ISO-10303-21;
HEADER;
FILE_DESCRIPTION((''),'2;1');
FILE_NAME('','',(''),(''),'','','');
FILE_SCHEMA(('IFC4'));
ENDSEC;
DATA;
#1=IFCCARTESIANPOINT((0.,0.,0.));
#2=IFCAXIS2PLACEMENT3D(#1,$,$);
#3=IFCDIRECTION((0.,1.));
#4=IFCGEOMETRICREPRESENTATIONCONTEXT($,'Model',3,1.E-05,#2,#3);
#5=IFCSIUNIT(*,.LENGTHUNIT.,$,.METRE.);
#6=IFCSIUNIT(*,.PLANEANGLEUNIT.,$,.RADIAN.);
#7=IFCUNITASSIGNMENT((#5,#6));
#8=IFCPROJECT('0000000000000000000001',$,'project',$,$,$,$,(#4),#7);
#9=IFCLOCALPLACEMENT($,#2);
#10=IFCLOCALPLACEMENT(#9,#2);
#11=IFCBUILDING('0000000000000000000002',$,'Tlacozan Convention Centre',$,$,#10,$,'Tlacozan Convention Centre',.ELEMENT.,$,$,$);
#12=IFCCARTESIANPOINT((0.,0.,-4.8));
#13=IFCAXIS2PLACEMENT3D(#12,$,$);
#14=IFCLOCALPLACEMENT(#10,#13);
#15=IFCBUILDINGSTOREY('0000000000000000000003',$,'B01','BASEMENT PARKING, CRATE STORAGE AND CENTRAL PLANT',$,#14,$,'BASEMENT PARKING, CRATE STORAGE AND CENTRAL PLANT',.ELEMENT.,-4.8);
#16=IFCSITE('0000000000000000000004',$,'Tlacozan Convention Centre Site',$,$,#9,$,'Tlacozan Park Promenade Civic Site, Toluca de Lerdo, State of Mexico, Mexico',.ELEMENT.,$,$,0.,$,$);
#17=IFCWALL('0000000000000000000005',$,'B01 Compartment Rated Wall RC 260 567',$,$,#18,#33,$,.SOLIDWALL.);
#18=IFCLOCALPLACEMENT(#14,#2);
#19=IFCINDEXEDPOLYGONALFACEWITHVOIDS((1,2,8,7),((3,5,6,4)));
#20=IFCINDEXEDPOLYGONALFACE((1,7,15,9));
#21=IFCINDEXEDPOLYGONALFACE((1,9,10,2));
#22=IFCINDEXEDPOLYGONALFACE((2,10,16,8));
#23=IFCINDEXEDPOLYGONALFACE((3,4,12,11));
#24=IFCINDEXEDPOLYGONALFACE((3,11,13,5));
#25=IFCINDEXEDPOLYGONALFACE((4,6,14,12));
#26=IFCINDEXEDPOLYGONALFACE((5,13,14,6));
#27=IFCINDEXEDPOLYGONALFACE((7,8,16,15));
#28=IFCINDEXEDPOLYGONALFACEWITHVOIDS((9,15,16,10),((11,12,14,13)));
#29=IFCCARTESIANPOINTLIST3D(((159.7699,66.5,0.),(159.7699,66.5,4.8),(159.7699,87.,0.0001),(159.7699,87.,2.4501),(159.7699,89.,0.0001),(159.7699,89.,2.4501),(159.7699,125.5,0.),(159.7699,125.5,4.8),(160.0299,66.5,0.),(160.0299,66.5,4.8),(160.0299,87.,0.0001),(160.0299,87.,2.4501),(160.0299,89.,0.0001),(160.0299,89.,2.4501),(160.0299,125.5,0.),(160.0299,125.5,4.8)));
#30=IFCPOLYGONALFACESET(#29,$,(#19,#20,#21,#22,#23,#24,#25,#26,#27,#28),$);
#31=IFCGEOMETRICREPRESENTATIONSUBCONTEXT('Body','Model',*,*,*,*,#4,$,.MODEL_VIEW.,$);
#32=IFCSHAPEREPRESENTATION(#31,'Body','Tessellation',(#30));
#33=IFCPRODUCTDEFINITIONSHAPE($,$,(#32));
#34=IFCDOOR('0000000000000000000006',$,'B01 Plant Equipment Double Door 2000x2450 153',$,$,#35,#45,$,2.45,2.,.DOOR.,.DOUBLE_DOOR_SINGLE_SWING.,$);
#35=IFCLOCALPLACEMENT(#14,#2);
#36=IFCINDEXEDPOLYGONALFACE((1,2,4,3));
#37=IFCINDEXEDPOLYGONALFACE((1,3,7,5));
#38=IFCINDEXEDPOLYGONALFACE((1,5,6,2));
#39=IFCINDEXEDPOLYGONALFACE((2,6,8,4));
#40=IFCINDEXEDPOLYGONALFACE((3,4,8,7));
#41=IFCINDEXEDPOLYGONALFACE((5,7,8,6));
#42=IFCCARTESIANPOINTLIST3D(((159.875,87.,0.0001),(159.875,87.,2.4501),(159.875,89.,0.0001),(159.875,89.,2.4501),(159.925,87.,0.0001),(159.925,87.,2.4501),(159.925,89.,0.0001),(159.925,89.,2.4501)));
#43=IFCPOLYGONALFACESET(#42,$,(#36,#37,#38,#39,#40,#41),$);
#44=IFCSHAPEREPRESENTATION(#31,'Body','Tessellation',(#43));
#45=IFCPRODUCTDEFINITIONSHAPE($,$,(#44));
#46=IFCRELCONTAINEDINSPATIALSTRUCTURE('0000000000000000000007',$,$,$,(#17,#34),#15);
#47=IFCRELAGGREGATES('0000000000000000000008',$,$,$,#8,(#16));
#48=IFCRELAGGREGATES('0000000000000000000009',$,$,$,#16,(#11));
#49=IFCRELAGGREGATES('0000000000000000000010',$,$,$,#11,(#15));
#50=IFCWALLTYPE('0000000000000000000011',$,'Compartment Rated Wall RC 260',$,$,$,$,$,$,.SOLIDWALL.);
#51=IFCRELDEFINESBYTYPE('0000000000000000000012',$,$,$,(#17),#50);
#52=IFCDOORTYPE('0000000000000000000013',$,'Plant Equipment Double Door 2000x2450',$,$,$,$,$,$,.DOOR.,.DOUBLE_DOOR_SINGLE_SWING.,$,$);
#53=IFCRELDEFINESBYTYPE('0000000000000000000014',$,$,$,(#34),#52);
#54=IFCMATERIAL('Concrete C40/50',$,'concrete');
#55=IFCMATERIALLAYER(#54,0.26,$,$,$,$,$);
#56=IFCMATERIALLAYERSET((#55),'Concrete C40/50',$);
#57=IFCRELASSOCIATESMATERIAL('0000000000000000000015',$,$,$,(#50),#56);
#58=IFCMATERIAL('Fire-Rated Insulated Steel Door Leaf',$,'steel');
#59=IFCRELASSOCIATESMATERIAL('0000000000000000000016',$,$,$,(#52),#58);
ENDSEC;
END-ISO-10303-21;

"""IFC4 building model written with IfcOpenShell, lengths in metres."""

from ifc_helpers import new_model, si_unit, direction, frame, frame_2d, origin, place, context, subcontext, project, spatial, rectangle, extrude, material, layer, layer_set, type_object, element, fill, save


model = new_model("IFC4")

# Units and contexts
model_context = context("Model", 3, precision=1e-05, world=origin(), true_north=direction((0.0, 1.0)))
body_context = subcontext(model_context, "Body", "Model", "MODEL_VIEW")
ifc_project = project(units=[si_unit("LENGTHUNIT", "METRE"), si_unit("PLANEANGLEUNIT", "RADIAN")], contexts=[model_context])

# Site, building, storey
site_placement = place(None, origin())
site = spatial("IfcSite", under=ifc_project, at=site_placement, Name="Tlacozan Convention Centre Site", LongName="Tlacozan Park Promenade Civic Site, Toluca de Lerdo, State of Mexico, Mexico", CompositionType="ELEMENT", RefElevation=0.0)
building_placement = place(site_placement, origin())
building = spatial("IfcBuilding", under=site, at=building_placement, Name="Tlacozan Convention Centre", LongName="Tlacozan Convention Centre", CompositionType="ELEMENT")
storey_placement = place(building_placement, frame((0.0, 0.0, -4.8)))
storey = spatial("IfcBuildingStorey", under=building, at=storey_placement, Name="B01", Description="BASEMENT PARKING, CRATE STORAGE AND CENTRAL PLANT", LongName="BASEMENT PARKING, CRATE STORAGE AND CENTRAL PLANT", CompositionType="ELEMENT", Elevation=-4.8)

# Shared definitions
ifc_material_1 = material(Name="Concrete C40/50", Category="concrete")

# Wall, opening, door
ifc_layer_1 = layer(ifc_material_1, 0.26)
ifc_layer_set_1 = layer_set([ifc_layer_1], Name="Concrete C40/50")
wall_type_1 = type_object("IfcWallType", Name="Compartment Rated Wall RC 260", PredefinedType="SOLIDWALL", material=ifc_layer_set_1)
wall_1_placement = place(storey_placement, frame((159.8999, 66.5, 0.0), z_axis=(0.0, 0.0, 1.0), x_axis=(0.0, 1.0, 0.0)))
wall_1 = element("IfcWall", 1, at=wall_1_placement, inside=storey, type_object=wall_type_1, Name="B01 Compartment Rated Wall RC 260 567", PredefinedType="SOLIDWALL", context=body_context, shape_type="SweptSolid", body=[
    extrude(rectangle(XDim=59.0, YDim=0.26, at=frame_2d((29.5, 0.0))), origin(), (0.0, 0.0, 1.0), 4.8),
])
opening_placement = place(wall_1_placement, frame((20.5, 0.0, 0.0)))
opening = element("IfcOpeningElement", 2, at=opening_placement, cuts=wall_1, PredefinedType="OPENING", context=body_context, shape_type="SweptSolid", body=[
    extrude(rectangle(XDim=2.0, YDim=2.45, at=frame_2d((1.0, 1.2251))), frame((0.0, 0.1399, 0.0), z_axis=(0.0, -1.0, 0.0), x_axis=(1.0, 0.0, 0.0)), (0.0, 0.0, 1.0), 0.28),
])
ifc_material_2 = material(Name="Fire-Rated Insulated Steel Door Leaf", Category="steel")
door_type = type_object("IfcDoorType", Name="Plant Equipment Double Door 2000x2450", OperationType="DOUBLE_DOOR_SINGLE_SWING", PredefinedType="DOOR", material=ifc_material_2)
door_placement = place(opening_placement, origin())
door = element("IfcDoor", 3, at=door_placement, inside=storey, type_object=door_type, Name="B01 Plant Equipment Double Door 2000x2450 153", OperationType="DOUBLE_DOOR_SINGLE_SWING", OverallHeight=2.45, OverallWidth=2.0, PredefinedType="DOOR", context=body_context, shape_type="SweptSolid", body=[
    extrude(rectangle(XDim=2.0, YDim=2.45, at=frame_2d((1.0, 1.2251))), frame((0.0, 0.0249, 0.0), z_axis=(0.0, -1.0, 0.0), x_axis=(1.0, 0.0, 0.0)), (0.0, 0.0, 1.0), 0.05),
])
fill(opening, door)

save(model, "model.ifc")
